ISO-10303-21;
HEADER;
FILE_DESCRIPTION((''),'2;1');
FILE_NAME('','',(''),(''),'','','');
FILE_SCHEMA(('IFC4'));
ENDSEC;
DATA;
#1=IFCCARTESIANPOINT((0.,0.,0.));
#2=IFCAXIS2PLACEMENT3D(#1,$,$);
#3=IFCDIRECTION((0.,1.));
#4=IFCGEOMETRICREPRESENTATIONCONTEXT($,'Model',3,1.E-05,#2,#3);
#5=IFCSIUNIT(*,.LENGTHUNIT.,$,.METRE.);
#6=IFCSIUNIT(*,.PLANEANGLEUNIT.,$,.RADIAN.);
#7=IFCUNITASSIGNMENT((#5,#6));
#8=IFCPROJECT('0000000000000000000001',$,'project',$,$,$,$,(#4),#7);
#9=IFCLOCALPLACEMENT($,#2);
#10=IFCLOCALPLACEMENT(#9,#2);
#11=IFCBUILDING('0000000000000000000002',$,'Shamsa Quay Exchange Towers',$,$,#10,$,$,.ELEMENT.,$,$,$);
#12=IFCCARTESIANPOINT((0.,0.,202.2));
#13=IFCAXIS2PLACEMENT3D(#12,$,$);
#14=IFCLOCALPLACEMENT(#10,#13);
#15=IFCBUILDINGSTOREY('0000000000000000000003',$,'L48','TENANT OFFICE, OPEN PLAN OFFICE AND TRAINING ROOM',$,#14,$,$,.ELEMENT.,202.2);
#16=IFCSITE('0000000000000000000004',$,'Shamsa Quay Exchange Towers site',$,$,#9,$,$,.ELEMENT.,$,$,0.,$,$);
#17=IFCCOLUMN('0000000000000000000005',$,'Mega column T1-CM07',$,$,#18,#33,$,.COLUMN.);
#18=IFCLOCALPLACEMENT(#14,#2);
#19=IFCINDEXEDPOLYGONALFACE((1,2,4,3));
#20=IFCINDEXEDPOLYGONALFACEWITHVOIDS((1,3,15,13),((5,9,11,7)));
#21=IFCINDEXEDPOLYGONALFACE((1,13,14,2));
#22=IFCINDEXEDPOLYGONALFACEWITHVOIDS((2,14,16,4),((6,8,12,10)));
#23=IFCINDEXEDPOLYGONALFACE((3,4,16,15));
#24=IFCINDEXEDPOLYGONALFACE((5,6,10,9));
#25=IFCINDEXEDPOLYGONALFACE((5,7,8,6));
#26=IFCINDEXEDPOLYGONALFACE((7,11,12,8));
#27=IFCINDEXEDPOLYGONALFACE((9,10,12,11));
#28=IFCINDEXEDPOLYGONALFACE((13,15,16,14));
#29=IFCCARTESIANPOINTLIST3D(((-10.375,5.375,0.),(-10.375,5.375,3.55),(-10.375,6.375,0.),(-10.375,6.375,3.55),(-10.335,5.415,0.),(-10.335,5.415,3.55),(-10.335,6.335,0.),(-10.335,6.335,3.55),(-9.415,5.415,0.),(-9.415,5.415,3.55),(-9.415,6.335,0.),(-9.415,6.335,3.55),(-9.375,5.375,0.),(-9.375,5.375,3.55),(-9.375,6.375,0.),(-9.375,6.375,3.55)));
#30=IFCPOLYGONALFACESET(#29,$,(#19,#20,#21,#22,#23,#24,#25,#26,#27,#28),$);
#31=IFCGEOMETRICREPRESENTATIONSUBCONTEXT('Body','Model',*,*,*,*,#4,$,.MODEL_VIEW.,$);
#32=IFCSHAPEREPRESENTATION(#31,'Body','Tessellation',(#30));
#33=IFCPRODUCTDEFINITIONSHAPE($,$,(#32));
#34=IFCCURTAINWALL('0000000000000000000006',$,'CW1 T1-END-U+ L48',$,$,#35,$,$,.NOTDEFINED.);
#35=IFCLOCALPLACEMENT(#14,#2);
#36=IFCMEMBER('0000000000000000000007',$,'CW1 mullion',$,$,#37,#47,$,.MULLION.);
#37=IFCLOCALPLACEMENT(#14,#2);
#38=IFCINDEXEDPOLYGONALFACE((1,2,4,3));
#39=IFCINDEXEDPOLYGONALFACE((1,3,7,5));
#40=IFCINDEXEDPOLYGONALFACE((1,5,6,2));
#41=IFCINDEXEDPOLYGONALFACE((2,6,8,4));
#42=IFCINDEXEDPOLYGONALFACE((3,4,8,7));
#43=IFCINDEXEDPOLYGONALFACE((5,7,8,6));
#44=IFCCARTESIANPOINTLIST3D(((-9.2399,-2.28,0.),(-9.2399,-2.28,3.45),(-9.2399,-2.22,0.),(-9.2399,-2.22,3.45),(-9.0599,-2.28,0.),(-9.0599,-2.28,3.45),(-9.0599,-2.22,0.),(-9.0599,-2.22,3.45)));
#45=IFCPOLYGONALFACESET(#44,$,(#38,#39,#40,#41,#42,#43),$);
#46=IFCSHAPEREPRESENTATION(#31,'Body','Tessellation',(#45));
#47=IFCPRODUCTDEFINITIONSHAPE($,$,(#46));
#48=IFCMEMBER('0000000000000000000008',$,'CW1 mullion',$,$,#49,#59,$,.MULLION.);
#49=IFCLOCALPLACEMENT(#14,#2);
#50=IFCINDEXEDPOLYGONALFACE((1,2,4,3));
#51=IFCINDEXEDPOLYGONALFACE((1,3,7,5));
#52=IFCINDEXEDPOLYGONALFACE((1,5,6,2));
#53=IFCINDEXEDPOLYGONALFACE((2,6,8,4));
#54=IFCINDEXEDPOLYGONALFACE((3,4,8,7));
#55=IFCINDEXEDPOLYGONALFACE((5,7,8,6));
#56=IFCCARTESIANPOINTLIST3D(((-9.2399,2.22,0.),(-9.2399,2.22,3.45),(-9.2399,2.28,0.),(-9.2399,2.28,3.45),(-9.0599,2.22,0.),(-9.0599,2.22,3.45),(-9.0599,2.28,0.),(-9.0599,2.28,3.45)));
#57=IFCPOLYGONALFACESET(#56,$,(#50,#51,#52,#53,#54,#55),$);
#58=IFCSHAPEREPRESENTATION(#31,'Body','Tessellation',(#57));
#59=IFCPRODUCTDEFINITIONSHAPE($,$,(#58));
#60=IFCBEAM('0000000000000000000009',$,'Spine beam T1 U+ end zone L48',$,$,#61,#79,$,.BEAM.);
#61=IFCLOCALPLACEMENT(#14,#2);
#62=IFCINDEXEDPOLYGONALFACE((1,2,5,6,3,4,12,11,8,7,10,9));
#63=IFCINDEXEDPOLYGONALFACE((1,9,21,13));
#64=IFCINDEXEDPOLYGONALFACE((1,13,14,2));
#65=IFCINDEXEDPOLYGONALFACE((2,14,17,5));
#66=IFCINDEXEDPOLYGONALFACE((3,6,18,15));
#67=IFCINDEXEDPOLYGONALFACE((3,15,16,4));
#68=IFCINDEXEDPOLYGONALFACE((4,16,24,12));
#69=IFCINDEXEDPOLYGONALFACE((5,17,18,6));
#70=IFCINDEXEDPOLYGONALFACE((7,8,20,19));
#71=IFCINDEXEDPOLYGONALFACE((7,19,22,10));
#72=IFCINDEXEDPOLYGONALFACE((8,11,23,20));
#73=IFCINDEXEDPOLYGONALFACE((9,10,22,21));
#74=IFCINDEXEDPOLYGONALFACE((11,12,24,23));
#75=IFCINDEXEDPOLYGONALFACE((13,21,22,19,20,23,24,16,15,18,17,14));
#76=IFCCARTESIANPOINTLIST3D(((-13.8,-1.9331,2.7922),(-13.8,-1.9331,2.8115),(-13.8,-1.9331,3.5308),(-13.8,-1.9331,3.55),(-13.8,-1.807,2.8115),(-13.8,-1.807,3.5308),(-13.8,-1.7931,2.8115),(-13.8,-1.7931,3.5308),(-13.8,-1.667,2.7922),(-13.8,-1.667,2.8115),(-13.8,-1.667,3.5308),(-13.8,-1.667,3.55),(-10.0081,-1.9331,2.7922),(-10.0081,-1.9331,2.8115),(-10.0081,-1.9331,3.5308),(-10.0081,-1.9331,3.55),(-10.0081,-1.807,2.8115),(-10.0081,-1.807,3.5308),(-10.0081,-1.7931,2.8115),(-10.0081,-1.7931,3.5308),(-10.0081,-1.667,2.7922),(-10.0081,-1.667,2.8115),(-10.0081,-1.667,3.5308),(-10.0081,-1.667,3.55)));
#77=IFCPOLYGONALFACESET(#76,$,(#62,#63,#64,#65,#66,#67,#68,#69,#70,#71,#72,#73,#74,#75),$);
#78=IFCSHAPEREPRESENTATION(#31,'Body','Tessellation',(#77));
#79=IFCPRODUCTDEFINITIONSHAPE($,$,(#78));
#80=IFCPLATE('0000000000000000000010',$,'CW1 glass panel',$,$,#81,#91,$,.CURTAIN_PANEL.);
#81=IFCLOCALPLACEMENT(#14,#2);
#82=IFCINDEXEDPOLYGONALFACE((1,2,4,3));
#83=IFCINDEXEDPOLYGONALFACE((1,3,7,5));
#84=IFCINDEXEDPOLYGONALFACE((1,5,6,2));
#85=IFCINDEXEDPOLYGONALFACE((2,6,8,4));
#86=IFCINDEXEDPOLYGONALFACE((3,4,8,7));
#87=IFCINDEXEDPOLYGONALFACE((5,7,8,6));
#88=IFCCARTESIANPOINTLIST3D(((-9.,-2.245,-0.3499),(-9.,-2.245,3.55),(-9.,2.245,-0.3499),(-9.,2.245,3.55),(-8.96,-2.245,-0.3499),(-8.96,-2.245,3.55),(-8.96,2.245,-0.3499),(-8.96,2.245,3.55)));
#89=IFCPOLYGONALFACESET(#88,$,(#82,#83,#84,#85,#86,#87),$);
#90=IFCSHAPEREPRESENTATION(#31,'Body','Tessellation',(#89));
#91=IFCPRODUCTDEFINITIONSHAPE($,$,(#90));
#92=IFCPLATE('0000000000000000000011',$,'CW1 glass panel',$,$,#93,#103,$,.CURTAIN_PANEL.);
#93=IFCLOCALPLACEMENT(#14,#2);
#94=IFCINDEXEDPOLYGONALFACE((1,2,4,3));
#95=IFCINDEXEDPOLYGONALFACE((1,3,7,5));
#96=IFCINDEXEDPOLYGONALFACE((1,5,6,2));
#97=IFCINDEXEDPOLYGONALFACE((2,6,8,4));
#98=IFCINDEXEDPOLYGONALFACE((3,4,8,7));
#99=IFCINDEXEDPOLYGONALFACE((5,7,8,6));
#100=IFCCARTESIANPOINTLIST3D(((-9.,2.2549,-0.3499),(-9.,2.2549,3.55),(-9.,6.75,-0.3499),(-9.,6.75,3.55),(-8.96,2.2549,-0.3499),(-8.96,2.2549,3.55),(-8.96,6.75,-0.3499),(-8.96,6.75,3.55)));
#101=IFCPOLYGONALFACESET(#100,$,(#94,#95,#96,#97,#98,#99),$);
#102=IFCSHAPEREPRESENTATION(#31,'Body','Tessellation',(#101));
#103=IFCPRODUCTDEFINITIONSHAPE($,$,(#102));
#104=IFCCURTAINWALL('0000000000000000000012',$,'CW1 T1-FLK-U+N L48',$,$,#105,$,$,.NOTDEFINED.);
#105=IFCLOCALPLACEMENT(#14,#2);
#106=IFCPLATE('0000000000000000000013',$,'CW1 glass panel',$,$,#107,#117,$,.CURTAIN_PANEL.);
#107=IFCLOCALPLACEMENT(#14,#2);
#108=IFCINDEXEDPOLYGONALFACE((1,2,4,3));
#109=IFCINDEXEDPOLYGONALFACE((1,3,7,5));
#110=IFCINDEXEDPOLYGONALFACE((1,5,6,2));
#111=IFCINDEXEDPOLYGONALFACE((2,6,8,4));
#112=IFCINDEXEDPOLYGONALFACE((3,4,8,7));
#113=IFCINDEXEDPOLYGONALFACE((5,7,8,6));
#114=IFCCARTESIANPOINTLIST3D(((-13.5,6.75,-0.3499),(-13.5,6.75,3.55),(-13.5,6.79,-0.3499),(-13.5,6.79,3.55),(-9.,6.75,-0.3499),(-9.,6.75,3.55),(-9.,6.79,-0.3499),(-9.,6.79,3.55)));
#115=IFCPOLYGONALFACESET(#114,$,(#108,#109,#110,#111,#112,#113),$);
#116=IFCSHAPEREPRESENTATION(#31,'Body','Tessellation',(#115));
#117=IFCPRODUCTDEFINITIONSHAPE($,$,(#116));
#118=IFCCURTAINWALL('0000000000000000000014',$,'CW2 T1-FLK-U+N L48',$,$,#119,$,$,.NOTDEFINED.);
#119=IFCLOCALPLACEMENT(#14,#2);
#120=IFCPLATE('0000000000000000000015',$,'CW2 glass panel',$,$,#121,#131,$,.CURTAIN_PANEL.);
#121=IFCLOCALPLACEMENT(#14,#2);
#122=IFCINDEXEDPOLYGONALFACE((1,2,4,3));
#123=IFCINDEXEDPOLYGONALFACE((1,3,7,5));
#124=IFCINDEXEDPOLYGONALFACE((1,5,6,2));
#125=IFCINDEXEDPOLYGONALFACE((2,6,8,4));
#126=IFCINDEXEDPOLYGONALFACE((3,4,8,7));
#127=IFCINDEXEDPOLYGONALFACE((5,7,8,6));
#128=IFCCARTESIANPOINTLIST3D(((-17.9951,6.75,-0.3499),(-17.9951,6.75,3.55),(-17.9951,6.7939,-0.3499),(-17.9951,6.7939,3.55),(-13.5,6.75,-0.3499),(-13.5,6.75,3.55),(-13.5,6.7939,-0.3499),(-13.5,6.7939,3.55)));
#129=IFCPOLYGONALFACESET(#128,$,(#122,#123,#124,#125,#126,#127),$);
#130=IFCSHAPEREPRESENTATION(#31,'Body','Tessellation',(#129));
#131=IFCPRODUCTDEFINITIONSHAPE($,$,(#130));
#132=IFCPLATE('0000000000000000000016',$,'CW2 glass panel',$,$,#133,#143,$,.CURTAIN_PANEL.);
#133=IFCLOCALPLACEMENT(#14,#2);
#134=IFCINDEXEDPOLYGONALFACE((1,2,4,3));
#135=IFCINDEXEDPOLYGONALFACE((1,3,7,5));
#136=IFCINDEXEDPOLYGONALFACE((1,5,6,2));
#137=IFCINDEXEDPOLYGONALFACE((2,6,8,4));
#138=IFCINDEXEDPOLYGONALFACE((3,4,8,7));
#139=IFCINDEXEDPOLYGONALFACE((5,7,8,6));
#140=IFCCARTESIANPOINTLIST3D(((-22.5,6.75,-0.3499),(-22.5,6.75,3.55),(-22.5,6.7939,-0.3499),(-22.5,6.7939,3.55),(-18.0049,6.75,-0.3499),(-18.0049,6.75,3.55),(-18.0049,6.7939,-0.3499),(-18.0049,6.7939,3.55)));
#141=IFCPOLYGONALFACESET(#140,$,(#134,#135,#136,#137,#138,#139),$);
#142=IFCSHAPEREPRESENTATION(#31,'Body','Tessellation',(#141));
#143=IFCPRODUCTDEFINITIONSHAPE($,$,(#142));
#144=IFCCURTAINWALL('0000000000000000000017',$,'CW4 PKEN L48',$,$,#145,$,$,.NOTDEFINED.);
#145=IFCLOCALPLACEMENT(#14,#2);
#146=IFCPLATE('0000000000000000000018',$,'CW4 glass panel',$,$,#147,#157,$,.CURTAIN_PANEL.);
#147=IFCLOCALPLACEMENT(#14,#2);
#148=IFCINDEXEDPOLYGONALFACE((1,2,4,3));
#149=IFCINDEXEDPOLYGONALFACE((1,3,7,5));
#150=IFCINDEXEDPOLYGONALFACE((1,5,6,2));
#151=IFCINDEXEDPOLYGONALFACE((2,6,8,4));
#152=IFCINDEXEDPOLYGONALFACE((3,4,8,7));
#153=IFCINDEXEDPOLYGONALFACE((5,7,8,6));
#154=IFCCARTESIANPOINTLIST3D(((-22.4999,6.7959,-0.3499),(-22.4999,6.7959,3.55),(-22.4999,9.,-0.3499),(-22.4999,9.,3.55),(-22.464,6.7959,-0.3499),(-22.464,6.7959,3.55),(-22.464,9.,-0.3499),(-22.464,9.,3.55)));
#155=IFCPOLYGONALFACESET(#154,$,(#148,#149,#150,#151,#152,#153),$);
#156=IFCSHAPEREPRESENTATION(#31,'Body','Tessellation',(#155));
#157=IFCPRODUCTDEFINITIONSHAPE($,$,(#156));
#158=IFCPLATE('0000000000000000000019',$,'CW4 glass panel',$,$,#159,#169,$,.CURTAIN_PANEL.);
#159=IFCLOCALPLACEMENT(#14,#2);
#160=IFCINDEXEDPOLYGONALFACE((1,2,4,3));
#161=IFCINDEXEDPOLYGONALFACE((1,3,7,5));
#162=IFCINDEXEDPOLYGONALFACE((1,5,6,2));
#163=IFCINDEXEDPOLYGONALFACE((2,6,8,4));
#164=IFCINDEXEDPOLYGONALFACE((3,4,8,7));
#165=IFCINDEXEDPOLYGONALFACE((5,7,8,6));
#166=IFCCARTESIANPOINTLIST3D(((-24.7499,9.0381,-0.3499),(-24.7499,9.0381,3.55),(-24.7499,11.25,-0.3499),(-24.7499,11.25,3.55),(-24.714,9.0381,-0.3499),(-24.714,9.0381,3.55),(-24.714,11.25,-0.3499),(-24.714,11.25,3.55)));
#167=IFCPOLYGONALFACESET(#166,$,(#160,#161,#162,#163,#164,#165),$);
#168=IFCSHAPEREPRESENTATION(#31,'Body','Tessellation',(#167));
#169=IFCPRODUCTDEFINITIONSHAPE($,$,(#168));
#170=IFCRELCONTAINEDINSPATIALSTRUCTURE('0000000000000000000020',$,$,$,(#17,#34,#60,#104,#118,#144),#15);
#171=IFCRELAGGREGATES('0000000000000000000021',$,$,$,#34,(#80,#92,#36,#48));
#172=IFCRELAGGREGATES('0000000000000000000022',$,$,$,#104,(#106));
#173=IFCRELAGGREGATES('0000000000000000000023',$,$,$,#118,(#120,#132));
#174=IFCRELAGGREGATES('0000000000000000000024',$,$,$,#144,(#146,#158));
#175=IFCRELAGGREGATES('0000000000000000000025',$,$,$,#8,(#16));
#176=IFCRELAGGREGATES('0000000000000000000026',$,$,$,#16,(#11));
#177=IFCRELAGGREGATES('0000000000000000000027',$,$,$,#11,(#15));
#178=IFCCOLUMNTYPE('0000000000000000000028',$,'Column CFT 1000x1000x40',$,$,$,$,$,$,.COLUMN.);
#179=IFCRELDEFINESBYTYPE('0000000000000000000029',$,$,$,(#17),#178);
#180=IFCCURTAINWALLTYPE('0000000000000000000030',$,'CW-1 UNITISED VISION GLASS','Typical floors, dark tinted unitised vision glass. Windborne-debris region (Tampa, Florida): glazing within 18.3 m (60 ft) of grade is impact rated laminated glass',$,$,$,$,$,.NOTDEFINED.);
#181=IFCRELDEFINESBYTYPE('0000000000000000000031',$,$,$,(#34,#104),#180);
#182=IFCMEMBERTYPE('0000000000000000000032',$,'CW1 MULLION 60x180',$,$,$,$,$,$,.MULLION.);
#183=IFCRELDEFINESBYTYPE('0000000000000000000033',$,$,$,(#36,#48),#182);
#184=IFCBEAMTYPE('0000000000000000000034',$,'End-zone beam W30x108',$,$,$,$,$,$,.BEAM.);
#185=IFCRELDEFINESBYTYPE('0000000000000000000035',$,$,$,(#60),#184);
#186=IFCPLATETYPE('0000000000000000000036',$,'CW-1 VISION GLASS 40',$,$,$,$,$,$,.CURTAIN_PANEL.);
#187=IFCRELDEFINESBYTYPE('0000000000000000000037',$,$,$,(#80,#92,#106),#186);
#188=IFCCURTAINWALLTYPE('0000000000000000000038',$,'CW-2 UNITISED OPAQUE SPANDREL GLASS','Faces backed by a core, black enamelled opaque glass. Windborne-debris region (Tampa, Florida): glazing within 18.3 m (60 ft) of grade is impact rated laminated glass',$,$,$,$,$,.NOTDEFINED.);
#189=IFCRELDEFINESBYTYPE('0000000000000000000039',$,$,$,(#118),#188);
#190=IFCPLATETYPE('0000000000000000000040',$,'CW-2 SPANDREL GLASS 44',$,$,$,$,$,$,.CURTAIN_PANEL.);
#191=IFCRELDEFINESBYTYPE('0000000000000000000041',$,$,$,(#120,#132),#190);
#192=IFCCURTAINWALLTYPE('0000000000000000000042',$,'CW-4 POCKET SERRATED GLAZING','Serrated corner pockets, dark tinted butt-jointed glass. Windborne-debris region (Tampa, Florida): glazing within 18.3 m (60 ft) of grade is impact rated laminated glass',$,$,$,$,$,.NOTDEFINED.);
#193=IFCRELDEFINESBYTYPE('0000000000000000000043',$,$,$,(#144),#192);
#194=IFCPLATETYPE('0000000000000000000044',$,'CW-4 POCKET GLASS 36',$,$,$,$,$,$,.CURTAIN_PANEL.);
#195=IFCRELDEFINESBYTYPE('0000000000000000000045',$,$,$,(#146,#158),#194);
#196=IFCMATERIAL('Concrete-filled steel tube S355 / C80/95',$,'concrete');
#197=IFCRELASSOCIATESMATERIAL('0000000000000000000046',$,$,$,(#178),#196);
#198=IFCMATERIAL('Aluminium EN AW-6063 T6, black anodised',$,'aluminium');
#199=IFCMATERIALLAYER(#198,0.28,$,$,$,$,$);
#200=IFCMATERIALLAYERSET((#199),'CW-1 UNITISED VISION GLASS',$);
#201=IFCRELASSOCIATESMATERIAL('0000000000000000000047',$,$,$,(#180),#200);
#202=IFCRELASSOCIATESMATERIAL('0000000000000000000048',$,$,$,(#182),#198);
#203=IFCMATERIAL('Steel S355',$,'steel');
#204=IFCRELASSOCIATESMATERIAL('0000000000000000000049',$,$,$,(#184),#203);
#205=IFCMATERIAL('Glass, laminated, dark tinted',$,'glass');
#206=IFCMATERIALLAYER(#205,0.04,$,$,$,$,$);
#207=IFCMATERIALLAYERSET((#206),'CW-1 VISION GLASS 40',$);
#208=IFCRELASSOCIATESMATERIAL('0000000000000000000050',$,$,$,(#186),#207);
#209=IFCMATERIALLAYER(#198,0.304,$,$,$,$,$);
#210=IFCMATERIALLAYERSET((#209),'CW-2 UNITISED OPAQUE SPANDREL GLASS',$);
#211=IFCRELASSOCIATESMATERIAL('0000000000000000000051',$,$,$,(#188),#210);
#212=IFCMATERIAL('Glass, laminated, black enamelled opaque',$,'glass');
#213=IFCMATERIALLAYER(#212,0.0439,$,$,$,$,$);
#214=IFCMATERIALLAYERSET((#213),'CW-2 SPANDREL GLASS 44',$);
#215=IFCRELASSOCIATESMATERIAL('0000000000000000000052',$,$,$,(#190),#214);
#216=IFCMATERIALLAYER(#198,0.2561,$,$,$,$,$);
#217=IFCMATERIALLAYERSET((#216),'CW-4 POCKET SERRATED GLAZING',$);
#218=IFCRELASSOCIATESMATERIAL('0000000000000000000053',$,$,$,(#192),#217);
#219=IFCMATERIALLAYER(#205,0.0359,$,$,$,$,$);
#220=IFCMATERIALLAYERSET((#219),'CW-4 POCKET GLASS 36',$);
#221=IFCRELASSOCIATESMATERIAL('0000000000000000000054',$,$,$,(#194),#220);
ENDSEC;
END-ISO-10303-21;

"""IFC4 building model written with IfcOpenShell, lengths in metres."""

from ifc_helpers import new_model, si_unit, direction, frame, origin, origin_2d, place, context, subcontext, project, spatial, rectangle, hollow_rectangle, i_section, extrude, material, layer, layer_set, material_profile, profile_set, type_object, element, aggregate, save


model = new_model("IFC4")

# Units and contexts
model_context = context("Model", 3, precision=1e-05, world=origin(), true_north=direction((0.0, 1.0)))
body_context = subcontext(model_context, "Body", "Model", "MODEL_VIEW")
ifc_project = project(units=[si_unit("LENGTHUNIT", "METRE"), si_unit("PLANEANGLEUNIT", "RADIAN")], contexts=[model_context])

# Site, building, storey
site_placement = place(None, origin())
site = spatial("IfcSite", under=ifc_project, at=site_placement, Name="Shamsa Quay Exchange Towers site", CompositionType="ELEMENT", RefElevation=0.0)
building_placement = place(site_placement, origin())
building = spatial("IfcBuilding", under=site, at=building_placement, Name="Shamsa Quay Exchange Towers", CompositionType="ELEMENT")
storey_placement = place(building_placement, frame((0.0, 0.0, 202.2)))
storey = spatial("IfcBuildingStorey", under=building, at=storey_placement, Name="L48", Description="TENANT OFFICE, OPEN PLAN OFFICE AND TRAINING ROOM", CompositionType="ELEMENT", Elevation=202.2)

# Column
ifc_material_1 = material(Name="Concrete-filled steel tube S355 / C80/95", Category="concrete")
ifc_material_profile_1 = material_profile(ifc_material_1, hollow_rectangle(XDim=1.0, YDim=1.0, WallThickness=0.04, at=origin_2d()), Name="CFT 1000x1000x40")
ifc_profile_set_1 = profile_set([ifc_material_profile_1], Name="Concrete-filled steel tube S355 / C80/95")
column_type = type_object("IfcColumnType", Name="Column CFT 1000x1000x40", PredefinedType="COLUMN", material=ifc_profile_set_1)
column_placement = place(storey_placement, frame((-9.875, 5.875, 0.0)))
element("IfcColumn", 1, at=column_placement, inside=storey, type_object=column_type, Name="Mega column T1-CM07", PredefinedType="COLUMN", context=body_context, shape_type="SweptSolid", body=[
    extrude(hollow_rectangle(XDim=1.0, YDim=1.0, WallThickness=0.04, at=origin_2d()), origin(), (0.0, 0.0, 1.0), 3.55),
])

# Curtain wall, members
ifc_material_2 = material(Name="Aluminium EN AW-6063 T6, black anodised", Category="aluminium")
ifc_layer_1 = layer(ifc_material_2, 0.28)
ifc_layer_set_1 = layer_set([ifc_layer_1], Name="CW-1 UNITISED VISION GLASS")
curtain_wall_type_1 = type_object("IfcCurtainWallType", Name="CW-1 UNITISED VISION GLASS", Description="Typical floors, dark tinted unitised vision glass. Windborne-debris region (Tampa, Florida): glazing within 18.3 m (60 ft) of grade is impact rated laminated glass", PredefinedType="NOTDEFINED", material=ifc_layer_set_1)
curtain_wall_1_placement = place(storey_placement, origin())
curtain_wall_1 = element("IfcCurtainWall", 2, at=curtain_wall_1_placement, inside=storey, type_object=curtain_wall_type_1, Name="CW1 T1-END-U+ L48", PredefinedType="NOTDEFINED")
ifc_material_profile_2 = material_profile(ifc_material_2, rectangle(XDim=0.1799, YDim=0.0601, at=origin_2d()), Name="MU60x180")
ifc_profile_set_2 = profile_set([ifc_material_profile_2], Name="Aluminium EN AW-6063 T6, black anodised")
member_type = type_object("IfcMemberType", Name="CW1 MULLION 60x180", PredefinedType="MULLION", material=ifc_profile_set_2)
member_1_placement = place(storey_placement, frame((-9.1499, -2.25, 0.0), z_axis=(0.0, 0.0, 1.0), x_axis=(-1.0, 0.0, 0.0)))
member_1 = element("IfcMember", 3, at=member_1_placement, type_object=member_type, Name="CW1 mullion", PredefinedType="MULLION", context=body_context, shape_type="SweptSolid", body=[
    extrude(rectangle(XDim=0.1799, YDim=0.0601, at=origin_2d()), origin(), (0.0, 0.0, 1.0), 3.45),
])
member_2_placement = place(storey_placement, frame((-9.1499, 2.25, 0.0), z_axis=(0.0, 0.0, 1.0), x_axis=(-1.0, 0.0, 0.0)))
member_2 = element("IfcMember", 4, at=member_2_placement, type_object=member_type, Name="CW1 mullion", PredefinedType="MULLION", context=body_context, shape_type="SweptSolid", body=[
    extrude(rectangle(XDim=0.1799, YDim=0.0601, at=origin_2d()), origin(), (0.0, 0.0, 1.0), 3.45),
])

# Beam
ifc_material_3 = material(Name="Steel S355", Category="steel")
ifc_material_profile_3 = material_profile(ifc_material_3, i_section(OverallWidth=0.2661, OverallDepth=0.7578, WebThickness=0.0139, FlangeThickness=0.0193, at=origin_2d()), Name="W30x108")
ifc_profile_set_3 = profile_set([ifc_material_profile_3], Name="Steel S355")
beam_type = type_object("IfcBeamType", Name="End-zone beam W30x108", PredefinedType="BEAM", material=ifc_profile_set_3)
beam_placement = place(storey_placement, frame((-13.8, -1.8, 3.1711), z_axis=(1.0, 0.0, 0.0), x_axis=(0.0, 1.0, 0.0)))
element("IfcBeam", 5, at=beam_placement, inside=storey, type_object=beam_type, Name="Spine beam T1 U+ end zone L48", PredefinedType="BEAM", context=body_context, shape_type="SweptSolid", body=[
    extrude(i_section(OverallWidth=0.2661, OverallDepth=0.7578, WebThickness=0.0139, FlangeThickness=0.0193, at=origin_2d()), origin(), (0.0, 0.0, 1.0), 3.792),
])

# Plates
ifc_material_4 = material(Name="Glass, laminated, dark tinted", Category="glass")
ifc_layer_2 = layer(ifc_material_4, 0.04)
ifc_layer_set_2 = layer_set([ifc_layer_2], Name="CW-1 VISION GLASS 40")
plate_type_1 = type_object("IfcPlateType", Name="CW-1 VISION GLASS 40", PredefinedType="CURTAIN_PANEL", material=ifc_layer_set_2)
plate_1_placement = place(storey_placement, frame((-8.98, 0.0, -0.3499), z_axis=(0.0, 0.0, 1.0), x_axis=(0.0, 1.0, 0.0)))
plate_1 = element("IfcPlate", 6, at=plate_1_placement, type_object=plate_type_1, Name="CW1 glass panel", PredefinedType="CURTAIN_PANEL", context=body_context, shape_type="SweptSolid", body=[
    extrude(rectangle(XDim=4.49, YDim=0.04, at=origin_2d()), origin(), (0.0, 0.0, 1.0), 3.8999),
])
plate_2_placement = place(storey_placement, frame((-8.98, 4.5024, -0.3499), z_axis=(0.0, 0.0, 1.0), x_axis=(0.0, 1.0, 0.0)))
plate_2 = element("IfcPlate", 7, at=plate_2_placement, type_object=plate_type_1, Name="CW1 glass panel", PredefinedType="CURTAIN_PANEL", context=body_context, shape_type="SweptSolid", body=[
    extrude(rectangle(XDim=4.4951, YDim=0.04, at=origin_2d()), origin(), (0.0, 0.0, 1.0), 3.8999),
])
aggregate(curtain_wall_1, [plate_1, plate_2, member_1, member_2])

# Curtain wall, plate
curtain_wall_2_placement = place(storey_placement, origin())
curtain_wall_2 = element("IfcCurtainWall", 8, at=curtain_wall_2_placement, inside=storey, type_object=curtain_wall_type_1, Name="CW1 T1-FLK-U+N L48", PredefinedType="NOTDEFINED")
plate_3_placement = place(storey_placement, frame((-11.25, 6.77, -0.3499), z_axis=(0.0, 0.0, 1.0), x_axis=(-1.0, 0.0, 0.0)))
plate_3 = element("IfcPlate", 9, at=plate_3_placement, type_object=plate_type_1, Name="CW1 glass panel", PredefinedType="CURTAIN_PANEL", context=body_context, shape_type="SweptSolid", body=[
    extrude(rectangle(XDim=4.5, YDim=0.04, at=origin_2d()), origin(), (0.0, 0.0, 1.0), 3.8999),
])
aggregate(curtain_wall_2, [plate_3])

# Curtain walls, plates
ifc_layer_3 = layer(ifc_material_2, 0.304)
ifc_layer_set_3 = layer_set([ifc_layer_3], Name="CW-2 UNITISED OPAQUE SPANDREL GLASS")
curtain_wall_type_2 = type_object("IfcCurtainWallType", Name="CW-2 UNITISED OPAQUE SPANDREL GLASS", Description="Faces backed by a core, black enamelled opaque glass. Windborne-debris region (Tampa, Florida): glazing within 18.3 m (60 ft) of grade is impact rated laminated glass", PredefinedType="NOTDEFINED", material=ifc_layer_set_3)
curtain_wall_3_placement = place(storey_placement, origin())
curtain_wall_3 = element("IfcCurtainWall", 10, at=curtain_wall_3_placement, inside=storey, type_object=curtain_wall_type_2, Name="CW2 T1-FLK-U+N L48", PredefinedType="NOTDEFINED")
ifc_material_5 = material(Name="Glass, laminated, black enamelled opaque", Category="glass")
ifc_layer_4 = layer(ifc_material_5, 0.0439)
ifc_layer_set_4 = layer_set([ifc_layer_4], Name="CW-2 SPANDREL GLASS 44")
plate_type_2 = type_object("IfcPlateType", Name="CW-2 SPANDREL GLASS 44", PredefinedType="CURTAIN_PANEL", material=ifc_layer_set_4)
plate_4_placement = place(storey_placement, frame((-15.7476, 6.772, -0.3499), z_axis=(0.0, 0.0, 1.0), x_axis=(-1.0, 0.0, 0.0)))
plate_4 = element("IfcPlate", 11, at=plate_4_placement, type_object=plate_type_2, Name="CW2 glass panel", PredefinedType="CURTAIN_PANEL", context=body_context, shape_type="SweptSolid", body=[
    extrude(rectangle(XDim=4.4951, YDim=0.0439, at=origin_2d()), origin(), (0.0, 0.0, 1.0), 3.8999),
])
plate_5_placement = place(storey_placement, frame((-20.2524, 6.772, -0.3499), z_axis=(0.0, 0.0, 1.0), x_axis=(-1.0, 0.0, 0.0)))
plate_5 = element("IfcPlate", 12, at=plate_5_placement, type_object=plate_type_2, Name="CW2 glass panel", PredefinedType="CURTAIN_PANEL", context=body_context, shape_type="SweptSolid", body=[
    extrude(rectangle(XDim=4.4951, YDim=0.0439, at=origin_2d()), origin(), (0.0, 0.0, 1.0), 3.8999),
])
aggregate(curtain_wall_3, [plate_4, plate_5])
ifc_layer_5 = layer(ifc_material_2, 0.2561)
ifc_layer_set_5 = layer_set([ifc_layer_5], Name="CW-4 POCKET SERRATED GLAZING")
curtain_wall_type_3 = type_object("IfcCurtainWallType", Name="CW-4 POCKET SERRATED GLAZING", Description="Serrated corner pockets, dark tinted butt-jointed glass. Windborne-debris region (Tampa, Florida): glazing within 18.3 m (60 ft) of grade is impact rated laminated glass", PredefinedType="NOTDEFINED", material=ifc_layer_set_5)
curtain_wall_4_placement = place(storey_placement, origin())
curtain_wall_4 = element("IfcCurtainWall", 13, at=curtain_wall_4_placement, inside=storey, type_object=curtain_wall_type_3, Name="CW4 PKEN L48", PredefinedType="NOTDEFINED")
ifc_layer_6 = layer(ifc_material_4, 0.0359)
ifc_layer_set_6 = layer_set([ifc_layer_6], Name="CW-4 POCKET GLASS 36")
plate_type_3 = type_object("IfcPlateType", Name="CW-4 POCKET GLASS 36", PredefinedType="CURTAIN_PANEL", material=ifc_layer_set_6)
plate_6_placement = place(storey_placement, frame((-22.4819, 7.8979, -0.3499), z_axis=(0.0, 0.0, 1.0), x_axis=(0.0, 1.0, 0.0)))
plate_6 = element("IfcPlate", 14, at=plate_6_placement, type_object=plate_type_3, Name="CW4 glass panel", PredefinedType="CURTAIN_PANEL", context=body_context, shape_type="SweptSolid", body=[
    extrude(rectangle(XDim=2.2041, YDim=0.0359, at=origin_2d()), origin(), (0.0, 0.0, 1.0), 3.8999),
])
plate_7_placement = place(storey_placement, frame((-24.7319, 10.144, -0.3499), z_axis=(0.0, 0.0, 1.0), x_axis=(0.0, 1.0, 0.0)))
plate_7 = element("IfcPlate", 15, at=plate_7_placement, type_object=plate_type_3, Name="CW4 glass panel", PredefinedType="CURTAIN_PANEL", context=body_context, shape_type="SweptSolid", body=[
    extrude(rectangle(XDim=2.2119, YDim=0.0359, at=origin_2d()), origin(), (0.0, 0.0, 1.0), 3.8999),
])
aggregate(curtain_wall_4, [plate_6, plate_7])

save(model, "model.ifc")
